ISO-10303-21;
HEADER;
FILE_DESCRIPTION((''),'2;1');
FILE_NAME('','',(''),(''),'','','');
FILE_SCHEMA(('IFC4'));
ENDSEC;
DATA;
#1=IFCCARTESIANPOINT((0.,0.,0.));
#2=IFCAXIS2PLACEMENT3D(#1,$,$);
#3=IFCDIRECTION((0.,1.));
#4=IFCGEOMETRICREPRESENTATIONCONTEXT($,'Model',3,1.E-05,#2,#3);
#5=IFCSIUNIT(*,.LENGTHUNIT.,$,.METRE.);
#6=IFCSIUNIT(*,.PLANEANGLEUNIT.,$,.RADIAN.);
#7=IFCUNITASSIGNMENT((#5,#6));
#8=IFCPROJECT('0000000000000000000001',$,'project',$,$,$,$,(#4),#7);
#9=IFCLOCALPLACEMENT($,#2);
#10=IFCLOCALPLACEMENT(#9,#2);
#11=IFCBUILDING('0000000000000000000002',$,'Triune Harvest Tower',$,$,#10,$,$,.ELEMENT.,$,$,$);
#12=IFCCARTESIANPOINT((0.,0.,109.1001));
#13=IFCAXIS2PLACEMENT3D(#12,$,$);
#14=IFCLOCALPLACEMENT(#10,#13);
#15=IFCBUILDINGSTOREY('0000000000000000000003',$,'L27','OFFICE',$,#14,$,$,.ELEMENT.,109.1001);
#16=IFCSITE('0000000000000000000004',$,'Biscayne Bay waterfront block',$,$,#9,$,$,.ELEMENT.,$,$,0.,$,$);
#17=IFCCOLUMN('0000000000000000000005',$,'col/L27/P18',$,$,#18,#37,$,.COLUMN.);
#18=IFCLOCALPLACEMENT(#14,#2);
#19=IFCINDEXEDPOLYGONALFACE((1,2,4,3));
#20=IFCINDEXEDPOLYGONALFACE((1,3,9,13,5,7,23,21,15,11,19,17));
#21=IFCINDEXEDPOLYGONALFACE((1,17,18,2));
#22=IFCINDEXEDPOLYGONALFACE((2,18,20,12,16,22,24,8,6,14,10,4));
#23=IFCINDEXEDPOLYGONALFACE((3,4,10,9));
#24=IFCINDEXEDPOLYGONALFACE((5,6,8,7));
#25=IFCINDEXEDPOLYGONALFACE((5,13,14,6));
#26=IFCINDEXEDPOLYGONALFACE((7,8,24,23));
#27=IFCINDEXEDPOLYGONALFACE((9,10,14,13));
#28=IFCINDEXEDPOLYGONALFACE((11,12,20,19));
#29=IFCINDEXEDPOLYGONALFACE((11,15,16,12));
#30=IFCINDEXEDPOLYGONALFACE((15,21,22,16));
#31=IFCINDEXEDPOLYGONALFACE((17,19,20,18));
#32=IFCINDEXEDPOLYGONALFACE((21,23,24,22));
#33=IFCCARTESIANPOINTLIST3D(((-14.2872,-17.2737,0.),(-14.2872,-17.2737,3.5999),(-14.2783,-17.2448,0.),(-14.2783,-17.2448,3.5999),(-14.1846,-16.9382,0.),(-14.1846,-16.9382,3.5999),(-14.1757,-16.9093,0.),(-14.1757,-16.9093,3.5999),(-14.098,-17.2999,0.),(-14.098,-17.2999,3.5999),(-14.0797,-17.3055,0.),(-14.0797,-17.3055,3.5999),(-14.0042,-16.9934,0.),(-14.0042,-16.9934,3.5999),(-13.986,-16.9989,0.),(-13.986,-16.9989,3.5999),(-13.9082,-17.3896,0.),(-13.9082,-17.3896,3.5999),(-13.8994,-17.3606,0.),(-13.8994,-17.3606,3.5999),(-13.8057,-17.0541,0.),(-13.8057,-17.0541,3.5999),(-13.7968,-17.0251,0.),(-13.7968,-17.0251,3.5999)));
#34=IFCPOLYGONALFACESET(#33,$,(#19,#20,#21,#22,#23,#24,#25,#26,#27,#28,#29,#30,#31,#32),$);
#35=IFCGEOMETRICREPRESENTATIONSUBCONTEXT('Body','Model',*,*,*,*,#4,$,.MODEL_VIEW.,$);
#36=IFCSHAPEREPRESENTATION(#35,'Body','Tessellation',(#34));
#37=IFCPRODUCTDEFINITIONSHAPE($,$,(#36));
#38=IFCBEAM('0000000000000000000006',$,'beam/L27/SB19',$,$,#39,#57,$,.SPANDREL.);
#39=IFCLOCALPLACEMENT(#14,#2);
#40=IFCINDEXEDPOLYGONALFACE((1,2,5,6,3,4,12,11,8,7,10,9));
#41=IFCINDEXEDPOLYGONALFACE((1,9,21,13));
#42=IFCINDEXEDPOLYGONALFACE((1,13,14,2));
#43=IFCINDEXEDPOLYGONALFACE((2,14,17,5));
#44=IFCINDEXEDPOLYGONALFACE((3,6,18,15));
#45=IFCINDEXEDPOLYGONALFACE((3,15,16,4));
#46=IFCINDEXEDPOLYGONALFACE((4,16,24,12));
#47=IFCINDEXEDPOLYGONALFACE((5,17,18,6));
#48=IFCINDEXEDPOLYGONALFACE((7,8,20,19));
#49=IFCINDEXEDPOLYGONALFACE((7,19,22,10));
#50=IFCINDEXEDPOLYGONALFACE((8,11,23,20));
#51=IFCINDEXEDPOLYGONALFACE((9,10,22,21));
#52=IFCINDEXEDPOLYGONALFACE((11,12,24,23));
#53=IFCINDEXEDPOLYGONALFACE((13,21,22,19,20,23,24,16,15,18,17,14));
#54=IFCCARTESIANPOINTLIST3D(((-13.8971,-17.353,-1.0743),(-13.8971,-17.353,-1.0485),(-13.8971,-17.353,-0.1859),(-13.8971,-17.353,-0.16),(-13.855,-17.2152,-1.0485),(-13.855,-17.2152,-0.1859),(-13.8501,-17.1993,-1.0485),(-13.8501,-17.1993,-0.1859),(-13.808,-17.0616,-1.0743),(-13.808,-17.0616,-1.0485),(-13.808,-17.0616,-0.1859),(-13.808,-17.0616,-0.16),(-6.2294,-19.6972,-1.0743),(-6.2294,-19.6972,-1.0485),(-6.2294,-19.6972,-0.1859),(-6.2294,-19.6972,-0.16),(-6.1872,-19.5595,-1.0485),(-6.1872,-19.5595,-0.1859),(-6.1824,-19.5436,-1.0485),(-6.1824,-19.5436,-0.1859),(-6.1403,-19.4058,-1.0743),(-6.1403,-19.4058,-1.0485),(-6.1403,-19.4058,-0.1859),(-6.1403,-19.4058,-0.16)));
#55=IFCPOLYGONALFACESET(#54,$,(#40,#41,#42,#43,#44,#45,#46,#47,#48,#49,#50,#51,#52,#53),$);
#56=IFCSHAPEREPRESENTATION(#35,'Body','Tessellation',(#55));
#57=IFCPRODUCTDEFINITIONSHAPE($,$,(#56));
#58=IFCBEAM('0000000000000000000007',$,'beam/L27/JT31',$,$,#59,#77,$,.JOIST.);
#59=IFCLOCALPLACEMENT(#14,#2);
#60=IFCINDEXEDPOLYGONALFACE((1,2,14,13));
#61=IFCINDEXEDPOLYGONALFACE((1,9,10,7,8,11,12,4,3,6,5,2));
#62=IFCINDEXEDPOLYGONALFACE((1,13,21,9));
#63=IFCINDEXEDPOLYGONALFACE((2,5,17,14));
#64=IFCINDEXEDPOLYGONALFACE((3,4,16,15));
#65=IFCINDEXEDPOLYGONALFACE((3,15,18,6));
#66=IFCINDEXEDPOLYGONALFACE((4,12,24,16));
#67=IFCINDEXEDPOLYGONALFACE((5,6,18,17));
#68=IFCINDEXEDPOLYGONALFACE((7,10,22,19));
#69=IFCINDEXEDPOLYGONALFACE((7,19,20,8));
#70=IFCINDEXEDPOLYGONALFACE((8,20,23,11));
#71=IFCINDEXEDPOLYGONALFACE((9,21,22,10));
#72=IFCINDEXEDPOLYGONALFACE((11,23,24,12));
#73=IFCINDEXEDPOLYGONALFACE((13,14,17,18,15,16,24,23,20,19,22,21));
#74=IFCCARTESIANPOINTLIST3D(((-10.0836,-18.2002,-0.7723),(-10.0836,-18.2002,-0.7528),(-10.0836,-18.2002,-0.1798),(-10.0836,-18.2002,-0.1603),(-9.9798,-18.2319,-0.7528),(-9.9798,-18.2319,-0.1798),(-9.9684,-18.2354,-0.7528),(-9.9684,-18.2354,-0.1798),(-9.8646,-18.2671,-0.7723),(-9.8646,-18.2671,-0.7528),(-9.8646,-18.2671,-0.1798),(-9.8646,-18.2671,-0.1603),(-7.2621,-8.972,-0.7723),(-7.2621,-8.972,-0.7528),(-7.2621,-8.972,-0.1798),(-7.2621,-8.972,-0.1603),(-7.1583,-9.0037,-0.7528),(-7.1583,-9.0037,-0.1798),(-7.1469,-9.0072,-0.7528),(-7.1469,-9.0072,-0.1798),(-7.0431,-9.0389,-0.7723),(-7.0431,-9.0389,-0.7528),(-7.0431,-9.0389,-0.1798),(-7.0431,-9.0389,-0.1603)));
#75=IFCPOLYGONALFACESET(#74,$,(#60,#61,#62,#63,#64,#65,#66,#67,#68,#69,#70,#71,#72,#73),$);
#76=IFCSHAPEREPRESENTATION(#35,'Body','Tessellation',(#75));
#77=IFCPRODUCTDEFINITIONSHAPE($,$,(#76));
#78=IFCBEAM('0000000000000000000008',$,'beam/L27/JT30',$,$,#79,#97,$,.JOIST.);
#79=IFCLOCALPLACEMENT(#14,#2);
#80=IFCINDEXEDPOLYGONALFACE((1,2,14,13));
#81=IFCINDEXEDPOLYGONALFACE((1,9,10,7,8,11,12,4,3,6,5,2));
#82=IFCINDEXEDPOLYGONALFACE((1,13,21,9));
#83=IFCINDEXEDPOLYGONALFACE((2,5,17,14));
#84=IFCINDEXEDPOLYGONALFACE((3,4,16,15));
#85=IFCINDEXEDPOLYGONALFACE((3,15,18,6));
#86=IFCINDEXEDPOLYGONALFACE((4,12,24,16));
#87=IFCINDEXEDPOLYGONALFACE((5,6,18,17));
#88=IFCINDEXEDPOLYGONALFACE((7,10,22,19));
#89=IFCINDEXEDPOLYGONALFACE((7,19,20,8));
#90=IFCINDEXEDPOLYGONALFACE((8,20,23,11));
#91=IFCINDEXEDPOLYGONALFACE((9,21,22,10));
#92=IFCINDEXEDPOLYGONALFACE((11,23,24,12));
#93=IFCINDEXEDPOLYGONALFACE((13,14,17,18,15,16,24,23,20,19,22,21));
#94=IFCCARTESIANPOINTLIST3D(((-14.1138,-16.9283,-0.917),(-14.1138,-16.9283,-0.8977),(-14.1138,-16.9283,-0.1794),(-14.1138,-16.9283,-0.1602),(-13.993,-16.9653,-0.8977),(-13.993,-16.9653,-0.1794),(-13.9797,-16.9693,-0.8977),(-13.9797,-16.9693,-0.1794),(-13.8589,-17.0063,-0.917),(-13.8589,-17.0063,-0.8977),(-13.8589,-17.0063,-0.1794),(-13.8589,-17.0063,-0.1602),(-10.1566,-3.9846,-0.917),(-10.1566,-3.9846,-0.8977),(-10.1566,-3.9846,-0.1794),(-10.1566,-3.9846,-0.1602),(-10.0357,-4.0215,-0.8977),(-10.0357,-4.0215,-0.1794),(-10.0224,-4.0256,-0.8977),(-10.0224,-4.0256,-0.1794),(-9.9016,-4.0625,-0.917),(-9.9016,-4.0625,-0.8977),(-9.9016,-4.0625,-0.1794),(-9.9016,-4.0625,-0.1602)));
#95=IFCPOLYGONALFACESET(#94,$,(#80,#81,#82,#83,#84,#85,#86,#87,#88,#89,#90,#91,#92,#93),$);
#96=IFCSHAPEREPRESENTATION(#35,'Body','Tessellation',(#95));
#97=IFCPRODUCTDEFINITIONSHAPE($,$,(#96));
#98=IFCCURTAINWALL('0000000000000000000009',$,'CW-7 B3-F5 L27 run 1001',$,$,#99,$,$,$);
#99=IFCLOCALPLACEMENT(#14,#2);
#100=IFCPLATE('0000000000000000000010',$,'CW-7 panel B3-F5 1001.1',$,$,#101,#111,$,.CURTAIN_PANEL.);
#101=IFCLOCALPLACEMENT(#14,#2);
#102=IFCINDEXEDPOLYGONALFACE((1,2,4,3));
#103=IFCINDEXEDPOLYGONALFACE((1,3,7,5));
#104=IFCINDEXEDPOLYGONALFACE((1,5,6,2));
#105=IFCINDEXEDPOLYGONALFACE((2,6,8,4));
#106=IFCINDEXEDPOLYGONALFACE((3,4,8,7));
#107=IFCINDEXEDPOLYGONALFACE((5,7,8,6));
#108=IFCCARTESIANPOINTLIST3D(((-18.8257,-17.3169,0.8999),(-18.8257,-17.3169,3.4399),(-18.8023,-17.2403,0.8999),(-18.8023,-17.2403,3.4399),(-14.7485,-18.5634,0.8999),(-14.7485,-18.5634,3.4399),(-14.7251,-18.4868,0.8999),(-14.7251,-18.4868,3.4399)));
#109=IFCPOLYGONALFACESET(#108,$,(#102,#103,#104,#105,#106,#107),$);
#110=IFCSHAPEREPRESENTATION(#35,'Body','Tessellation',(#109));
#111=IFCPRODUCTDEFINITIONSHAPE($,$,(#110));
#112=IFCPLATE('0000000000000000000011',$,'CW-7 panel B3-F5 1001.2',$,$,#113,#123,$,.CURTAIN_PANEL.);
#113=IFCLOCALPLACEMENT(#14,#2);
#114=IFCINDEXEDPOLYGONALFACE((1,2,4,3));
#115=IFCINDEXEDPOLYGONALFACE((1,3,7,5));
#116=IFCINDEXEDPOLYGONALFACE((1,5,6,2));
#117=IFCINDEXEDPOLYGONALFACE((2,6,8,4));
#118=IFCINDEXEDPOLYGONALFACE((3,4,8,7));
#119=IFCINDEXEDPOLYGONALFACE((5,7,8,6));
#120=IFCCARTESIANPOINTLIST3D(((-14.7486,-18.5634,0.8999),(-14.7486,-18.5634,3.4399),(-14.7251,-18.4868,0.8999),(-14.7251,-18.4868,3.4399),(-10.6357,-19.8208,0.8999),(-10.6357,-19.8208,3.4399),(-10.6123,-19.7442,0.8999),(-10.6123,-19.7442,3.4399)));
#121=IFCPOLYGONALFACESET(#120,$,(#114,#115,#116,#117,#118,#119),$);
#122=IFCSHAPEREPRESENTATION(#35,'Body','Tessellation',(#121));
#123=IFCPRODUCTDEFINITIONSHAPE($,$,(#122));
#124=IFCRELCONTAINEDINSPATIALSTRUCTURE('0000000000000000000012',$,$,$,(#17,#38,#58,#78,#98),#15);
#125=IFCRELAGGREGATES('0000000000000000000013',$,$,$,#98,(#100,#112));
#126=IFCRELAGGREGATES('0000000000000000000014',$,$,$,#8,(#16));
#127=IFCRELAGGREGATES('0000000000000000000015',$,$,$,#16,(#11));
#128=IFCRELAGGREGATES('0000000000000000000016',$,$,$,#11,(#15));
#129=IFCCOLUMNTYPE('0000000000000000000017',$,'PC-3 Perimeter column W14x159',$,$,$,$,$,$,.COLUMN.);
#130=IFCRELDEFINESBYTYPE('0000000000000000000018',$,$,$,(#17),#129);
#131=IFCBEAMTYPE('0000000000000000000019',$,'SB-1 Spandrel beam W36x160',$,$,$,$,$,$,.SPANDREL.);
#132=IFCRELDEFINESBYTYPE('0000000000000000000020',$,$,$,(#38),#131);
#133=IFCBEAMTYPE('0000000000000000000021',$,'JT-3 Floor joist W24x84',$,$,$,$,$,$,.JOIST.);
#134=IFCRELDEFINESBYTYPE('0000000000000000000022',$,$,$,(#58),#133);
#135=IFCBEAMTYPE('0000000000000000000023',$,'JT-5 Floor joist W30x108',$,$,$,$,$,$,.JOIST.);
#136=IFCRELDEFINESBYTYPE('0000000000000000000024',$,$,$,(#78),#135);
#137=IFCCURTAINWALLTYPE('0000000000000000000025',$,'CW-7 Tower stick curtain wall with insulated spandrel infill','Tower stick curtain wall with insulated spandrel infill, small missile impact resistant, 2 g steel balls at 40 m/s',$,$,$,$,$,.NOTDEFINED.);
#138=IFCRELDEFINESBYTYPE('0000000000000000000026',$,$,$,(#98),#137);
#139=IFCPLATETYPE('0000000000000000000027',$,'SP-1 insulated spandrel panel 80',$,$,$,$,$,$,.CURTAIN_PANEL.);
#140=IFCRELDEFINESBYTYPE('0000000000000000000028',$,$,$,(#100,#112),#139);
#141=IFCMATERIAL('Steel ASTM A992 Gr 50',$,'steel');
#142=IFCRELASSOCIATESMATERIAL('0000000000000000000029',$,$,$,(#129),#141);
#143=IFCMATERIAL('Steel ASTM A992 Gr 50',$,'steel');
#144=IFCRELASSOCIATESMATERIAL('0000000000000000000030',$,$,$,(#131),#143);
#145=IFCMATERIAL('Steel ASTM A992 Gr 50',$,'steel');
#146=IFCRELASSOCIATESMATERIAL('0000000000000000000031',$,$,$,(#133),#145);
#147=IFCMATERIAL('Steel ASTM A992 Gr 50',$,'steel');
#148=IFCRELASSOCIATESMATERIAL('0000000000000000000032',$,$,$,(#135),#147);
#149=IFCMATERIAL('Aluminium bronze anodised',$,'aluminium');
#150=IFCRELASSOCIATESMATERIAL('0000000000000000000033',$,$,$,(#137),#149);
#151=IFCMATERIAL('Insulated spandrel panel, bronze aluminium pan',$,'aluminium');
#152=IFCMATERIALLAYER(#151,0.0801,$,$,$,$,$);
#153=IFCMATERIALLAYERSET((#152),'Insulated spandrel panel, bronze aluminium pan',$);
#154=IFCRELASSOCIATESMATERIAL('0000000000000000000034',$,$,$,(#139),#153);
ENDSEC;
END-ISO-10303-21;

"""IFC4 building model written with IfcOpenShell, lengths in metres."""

from ifc_helpers import new_model, si_unit, direction, frame, origin, origin_2d, place, context, subcontext, project, spatial, rectangle, i_section, extrude, source, transform, mapped, material, layer, layer_set, material_profile, profile_set, type_object, element, aggregate, save


model = new_model("IFC4")

# Units and contexts
model_context = context("Model", 3, precision=1e-05, world=origin(), true_north=direction((0.0, 1.0)))
body_context = subcontext(model_context, "Body", "Model", "MODEL_VIEW")
ifc_project = project(units=[si_unit("LENGTHUNIT", "METRE"), si_unit("PLANEANGLEUNIT", "RADIAN")], contexts=[model_context])

# Site, building, storey
site_placement = place(None, origin())
site = spatial("IfcSite", under=ifc_project, at=site_placement, Name="Biscayne Bay waterfront block", CompositionType="ELEMENT", RefElevation=0.0)
building_placement = place(site_placement, origin())
building = spatial("IfcBuilding", under=site, at=building_placement, Name="Triune Harvest Tower", CompositionType="ELEMENT")
storey_placement = place(building_placement, frame((0.0, 0.0, 109.1001)))
storey = spatial("IfcBuildingStorey", under=building, at=storey_placement, Name="L27", Description="OFFICE", CompositionType="ELEMENT", Elevation=109.1001)

# Column
ifc_material_1 = material(Name="Steel ASTM A992 Gr 50", Category="steel")
ifc_material_profile_1 = material_profile(ifc_material_1, i_section(OverallWidth=0.3962, OverallDepth=0.3811, WebThickness=0.019, FlangeThickness=0.0303, at=origin_2d()), Name="W14x159")
ifc_profile_set_1 = profile_set([ifc_material_profile_1], Name="Steel ASTM A992 Gr 50")
column_type = type_object("IfcColumnType", Name="PC-3 Perimeter column W14x159", PredefinedType="COLUMN", material=ifc_profile_set_1)
shared_shape_1 = source(origin(), body_context, "Body", "SweptSolid", [
    extrude(i_section(OverallWidth=0.3962, OverallDepth=0.3811, WebThickness=0.019, FlangeThickness=0.0303, at=origin_2d()), origin(), (0.0, 0.0, 1.0), 3.5999),
])
column_placement = place(storey_placement, frame((-14.042, -17.1494, 0.0), z_axis=(0.0, 0.0, 1.0), x_axis=(0.956305, -0.292372, 0.0)))
element("IfcColumn", 1, at=column_placement, inside=storey, type_object=column_type, Name="col/L27/P18", PredefinedType="COLUMN", context=body_context, shape_type="MappedRepresentation", body=[
    mapped(shared_shape_1, transform((0.0, 0.0, 0.0), scale=1.0)),
])

# Beams
ifc_material_2 = material(Name="Steel ASTM A992 Gr 50", Category="steel")
ifc_material_profile_2 = material_profile(ifc_material_2, i_section(OverallWidth=0.3047, OverallDepth=0.9143, WebThickness=0.0166, FlangeThickness=0.0259, at=origin_2d()), Name="W36x160")
ifc_profile_set_2 = profile_set([ifc_material_profile_2], Name="Steel ASTM A992 Gr 50")
beam_type_1 = type_object("IfcBeamType", Name="SB-1 Spandrel beam W36x160", PredefinedType="SPANDREL", material=ifc_profile_set_2)
shared_shape_2 = source(origin(), body_context, "Body", "SweptSolid", [
    extrude(i_section(OverallWidth=0.3047, OverallDepth=0.9143, WebThickness=0.0166, FlangeThickness=0.0259, at=origin_2d()), origin(), (0.0, 0.0, 1.0), 8.0181),
])
beam_1_placement = place(storey_placement, frame((-13.8525, -17.2073, -0.6172), z_axis=(0.956305, -0.292369, 0.0), x_axis=(0.292369, 0.956305, 0.0)))
element("IfcBeam", 2, at=beam_1_placement, inside=storey, type_object=beam_type_1, Name="beam/L27/SB19", PredefinedType="SPANDREL", context=body_context, shape_type="MappedRepresentation", body=[
    mapped(shared_shape_2, transform((0.0, 0.0, 0.0), scale=1.0)),
])
ifc_material_3 = material(Name="Steel ASTM A992 Gr 50", Category="steel")
ifc_material_profile_3 = material_profile(ifc_material_3, i_section(OverallWidth=0.229, OverallDepth=0.6121, WebThickness=0.012, FlangeThickness=0.0195, at=origin_2d()), Name="W24x84")
ifc_profile_set_3 = profile_set([ifc_material_profile_3], Name="Steel ASTM A992 Gr 50")
beam_type_2 = type_object("IfcBeamType", Name="JT-3 Floor joist W24x84", PredefinedType="JOIST", material=ifc_profile_set_3)
shared_shape_3 = source(origin(), body_context, "Body", "SweptSolid", [
    extrude(i_section(OverallWidth=0.229, OverallDepth=0.6121, WebThickness=0.012, FlangeThickness=0.0195, at=origin_2d()), origin(), (0.0, 0.0, 1.0), 9.6499),
])
beam_2_placement = place(storey_placement, frame((-9.9741, -18.2336, -0.4663), z_axis=(0.292388, 0.9563, 0.0), x_axis=(-0.9563, 0.292388, 0.0)))
element("IfcBeam", 3, at=beam_2_placement, inside=storey, type_object=beam_type_2, Name="beam/L27/JT31", PredefinedType="JOIST", context=body_context, shape_type="MappedRepresentation", body=[
    mapped(shared_shape_3, transform((0.0, 0.0, 0.0), scale=1.0)),
])
ifc_material_4 = material(Name="Steel ASTM A992 Gr 50", Category="steel")
ifc_material_profile_4 = material_profile(ifc_material_4, i_section(OverallWidth=0.2666, OverallDepth=0.7568, WebThickness=0.0139, FlangeThickness=0.0193, at=origin_2d()), Name="W30x108")
ifc_profile_set_4 = profile_set([ifc_material_profile_4], Name="Steel ASTM A992 Gr 50")
beam_type_3 = type_object("IfcBeamType", Name="JT-5 Floor joist W30x108", PredefinedType="JOIST", material=ifc_profile_set_4)
shared_shape_4 = source(origin(), body_context, "Body", "SweptSolid", [
    extrude(i_section(OverallWidth=0.2666, OverallDepth=0.7568, WebThickness=0.0139, FlangeThickness=0.0193, at=origin_2d()), origin(), (0.0, 0.0, 1.0), 13.5352),
])
beam_3_placement = place(storey_placement, frame((-13.9863, -16.9673, -0.5386), z_axis=(0.292368, 0.956306, 0.0), x_axis=(-0.956306, 0.292368, 0.0)))
element("IfcBeam", 4, at=beam_3_placement, inside=storey, type_object=beam_type_3, Name="beam/L27/JT30", PredefinedType="JOIST", context=body_context, shape_type="MappedRepresentation", body=[
    mapped(shared_shape_4, transform((0.0, 0.0, 0.0), scale=1.0)),
])

# Curtain wall, plates
ifc_material_5 = material(Name="Aluminium bronze anodised", Category="aluminium")
curtain_wall_type = type_object("IfcCurtainWallType", Name="CW-7 Tower stick curtain wall with insulated spandrel infill", Description="Tower stick curtain wall with insulated spandrel infill, small missile impact resistant, 2 g steel balls at 40 m/s", PredefinedType="NOTDEFINED", material=ifc_material_5)
curtain_wall_placement = place(storey_placement, origin())
curtain_wall = element("IfcCurtainWall", 5, at=curtain_wall_placement, inside=storey, type_object=curtain_wall_type, Name="CW-7 B3-F5 L27 run 1001")
ifc_material_6 = material(Name="Insulated spandrel panel, bronze aluminium pan", Category="aluminium")
ifc_layer_1 = layer(ifc_material_6, 0.0801)
ifc_layer_set_1 = layer_set([ifc_layer_1], Name="Insulated spandrel panel, bronze aluminium pan")
plate_type = type_object("IfcPlateType", Name="SP-1 insulated spandrel panel 80", PredefinedType="CURTAIN_PANEL", material=ifc_layer_set_1)
shared_shape_5 = source(origin(), body_context, "Body", "SweptSolid", [
    extrude(rectangle(XDim=4.2634, YDim=0.0801, at=origin_2d()), origin(), (0.0, 0.0, 1.0), 2.54),
])
plate_1_placement = place(storey_placement, frame((-16.7754, -17.9019, 0.8999), z_axis=(0.0, 0.0, 1.0), x_axis=(0.956304, -0.292373, 0.0)))
plate_1 = element("IfcPlate", 6, at=plate_1_placement, type_object=plate_type, Name="CW-7 panel B3-F5 1001.1", PredefinedType="CURTAIN_PANEL", context=body_context, shape_type="MappedRepresentation", body=[
    mapped(shared_shape_5, transform((0.0, 0.0, 0.0), scale=1.0)),
])
shared_shape_6 = source(origin(), body_context, "Body", "SweptSolid", [
    extrude(rectangle(XDim=4.3008, YDim=0.0801, at=origin_2d()), origin(), (0.0, 0.0, 1.0), 2.54),
])
plate_2_placement = place(storey_placement, frame((-12.6804, -19.1538, 0.8999), z_axis=(0.0, 0.0, 1.0), x_axis=(0.956304, -0.292373, 0.0)))
plate_2 = element("IfcPlate", 7, at=plate_2_placement, type_object=plate_type, Name="CW-7 panel B3-F5 1001.2", PredefinedType="CURTAIN_PANEL", context=body_context, shape_type="MappedRepresentation", body=[
    mapped(shared_shape_6, transform((0.0, 0.0, 0.0), scale=1.0)),
])
aggregate(curtain_wall, [plate_1, plate_2])

save(model, "model.ifc")
